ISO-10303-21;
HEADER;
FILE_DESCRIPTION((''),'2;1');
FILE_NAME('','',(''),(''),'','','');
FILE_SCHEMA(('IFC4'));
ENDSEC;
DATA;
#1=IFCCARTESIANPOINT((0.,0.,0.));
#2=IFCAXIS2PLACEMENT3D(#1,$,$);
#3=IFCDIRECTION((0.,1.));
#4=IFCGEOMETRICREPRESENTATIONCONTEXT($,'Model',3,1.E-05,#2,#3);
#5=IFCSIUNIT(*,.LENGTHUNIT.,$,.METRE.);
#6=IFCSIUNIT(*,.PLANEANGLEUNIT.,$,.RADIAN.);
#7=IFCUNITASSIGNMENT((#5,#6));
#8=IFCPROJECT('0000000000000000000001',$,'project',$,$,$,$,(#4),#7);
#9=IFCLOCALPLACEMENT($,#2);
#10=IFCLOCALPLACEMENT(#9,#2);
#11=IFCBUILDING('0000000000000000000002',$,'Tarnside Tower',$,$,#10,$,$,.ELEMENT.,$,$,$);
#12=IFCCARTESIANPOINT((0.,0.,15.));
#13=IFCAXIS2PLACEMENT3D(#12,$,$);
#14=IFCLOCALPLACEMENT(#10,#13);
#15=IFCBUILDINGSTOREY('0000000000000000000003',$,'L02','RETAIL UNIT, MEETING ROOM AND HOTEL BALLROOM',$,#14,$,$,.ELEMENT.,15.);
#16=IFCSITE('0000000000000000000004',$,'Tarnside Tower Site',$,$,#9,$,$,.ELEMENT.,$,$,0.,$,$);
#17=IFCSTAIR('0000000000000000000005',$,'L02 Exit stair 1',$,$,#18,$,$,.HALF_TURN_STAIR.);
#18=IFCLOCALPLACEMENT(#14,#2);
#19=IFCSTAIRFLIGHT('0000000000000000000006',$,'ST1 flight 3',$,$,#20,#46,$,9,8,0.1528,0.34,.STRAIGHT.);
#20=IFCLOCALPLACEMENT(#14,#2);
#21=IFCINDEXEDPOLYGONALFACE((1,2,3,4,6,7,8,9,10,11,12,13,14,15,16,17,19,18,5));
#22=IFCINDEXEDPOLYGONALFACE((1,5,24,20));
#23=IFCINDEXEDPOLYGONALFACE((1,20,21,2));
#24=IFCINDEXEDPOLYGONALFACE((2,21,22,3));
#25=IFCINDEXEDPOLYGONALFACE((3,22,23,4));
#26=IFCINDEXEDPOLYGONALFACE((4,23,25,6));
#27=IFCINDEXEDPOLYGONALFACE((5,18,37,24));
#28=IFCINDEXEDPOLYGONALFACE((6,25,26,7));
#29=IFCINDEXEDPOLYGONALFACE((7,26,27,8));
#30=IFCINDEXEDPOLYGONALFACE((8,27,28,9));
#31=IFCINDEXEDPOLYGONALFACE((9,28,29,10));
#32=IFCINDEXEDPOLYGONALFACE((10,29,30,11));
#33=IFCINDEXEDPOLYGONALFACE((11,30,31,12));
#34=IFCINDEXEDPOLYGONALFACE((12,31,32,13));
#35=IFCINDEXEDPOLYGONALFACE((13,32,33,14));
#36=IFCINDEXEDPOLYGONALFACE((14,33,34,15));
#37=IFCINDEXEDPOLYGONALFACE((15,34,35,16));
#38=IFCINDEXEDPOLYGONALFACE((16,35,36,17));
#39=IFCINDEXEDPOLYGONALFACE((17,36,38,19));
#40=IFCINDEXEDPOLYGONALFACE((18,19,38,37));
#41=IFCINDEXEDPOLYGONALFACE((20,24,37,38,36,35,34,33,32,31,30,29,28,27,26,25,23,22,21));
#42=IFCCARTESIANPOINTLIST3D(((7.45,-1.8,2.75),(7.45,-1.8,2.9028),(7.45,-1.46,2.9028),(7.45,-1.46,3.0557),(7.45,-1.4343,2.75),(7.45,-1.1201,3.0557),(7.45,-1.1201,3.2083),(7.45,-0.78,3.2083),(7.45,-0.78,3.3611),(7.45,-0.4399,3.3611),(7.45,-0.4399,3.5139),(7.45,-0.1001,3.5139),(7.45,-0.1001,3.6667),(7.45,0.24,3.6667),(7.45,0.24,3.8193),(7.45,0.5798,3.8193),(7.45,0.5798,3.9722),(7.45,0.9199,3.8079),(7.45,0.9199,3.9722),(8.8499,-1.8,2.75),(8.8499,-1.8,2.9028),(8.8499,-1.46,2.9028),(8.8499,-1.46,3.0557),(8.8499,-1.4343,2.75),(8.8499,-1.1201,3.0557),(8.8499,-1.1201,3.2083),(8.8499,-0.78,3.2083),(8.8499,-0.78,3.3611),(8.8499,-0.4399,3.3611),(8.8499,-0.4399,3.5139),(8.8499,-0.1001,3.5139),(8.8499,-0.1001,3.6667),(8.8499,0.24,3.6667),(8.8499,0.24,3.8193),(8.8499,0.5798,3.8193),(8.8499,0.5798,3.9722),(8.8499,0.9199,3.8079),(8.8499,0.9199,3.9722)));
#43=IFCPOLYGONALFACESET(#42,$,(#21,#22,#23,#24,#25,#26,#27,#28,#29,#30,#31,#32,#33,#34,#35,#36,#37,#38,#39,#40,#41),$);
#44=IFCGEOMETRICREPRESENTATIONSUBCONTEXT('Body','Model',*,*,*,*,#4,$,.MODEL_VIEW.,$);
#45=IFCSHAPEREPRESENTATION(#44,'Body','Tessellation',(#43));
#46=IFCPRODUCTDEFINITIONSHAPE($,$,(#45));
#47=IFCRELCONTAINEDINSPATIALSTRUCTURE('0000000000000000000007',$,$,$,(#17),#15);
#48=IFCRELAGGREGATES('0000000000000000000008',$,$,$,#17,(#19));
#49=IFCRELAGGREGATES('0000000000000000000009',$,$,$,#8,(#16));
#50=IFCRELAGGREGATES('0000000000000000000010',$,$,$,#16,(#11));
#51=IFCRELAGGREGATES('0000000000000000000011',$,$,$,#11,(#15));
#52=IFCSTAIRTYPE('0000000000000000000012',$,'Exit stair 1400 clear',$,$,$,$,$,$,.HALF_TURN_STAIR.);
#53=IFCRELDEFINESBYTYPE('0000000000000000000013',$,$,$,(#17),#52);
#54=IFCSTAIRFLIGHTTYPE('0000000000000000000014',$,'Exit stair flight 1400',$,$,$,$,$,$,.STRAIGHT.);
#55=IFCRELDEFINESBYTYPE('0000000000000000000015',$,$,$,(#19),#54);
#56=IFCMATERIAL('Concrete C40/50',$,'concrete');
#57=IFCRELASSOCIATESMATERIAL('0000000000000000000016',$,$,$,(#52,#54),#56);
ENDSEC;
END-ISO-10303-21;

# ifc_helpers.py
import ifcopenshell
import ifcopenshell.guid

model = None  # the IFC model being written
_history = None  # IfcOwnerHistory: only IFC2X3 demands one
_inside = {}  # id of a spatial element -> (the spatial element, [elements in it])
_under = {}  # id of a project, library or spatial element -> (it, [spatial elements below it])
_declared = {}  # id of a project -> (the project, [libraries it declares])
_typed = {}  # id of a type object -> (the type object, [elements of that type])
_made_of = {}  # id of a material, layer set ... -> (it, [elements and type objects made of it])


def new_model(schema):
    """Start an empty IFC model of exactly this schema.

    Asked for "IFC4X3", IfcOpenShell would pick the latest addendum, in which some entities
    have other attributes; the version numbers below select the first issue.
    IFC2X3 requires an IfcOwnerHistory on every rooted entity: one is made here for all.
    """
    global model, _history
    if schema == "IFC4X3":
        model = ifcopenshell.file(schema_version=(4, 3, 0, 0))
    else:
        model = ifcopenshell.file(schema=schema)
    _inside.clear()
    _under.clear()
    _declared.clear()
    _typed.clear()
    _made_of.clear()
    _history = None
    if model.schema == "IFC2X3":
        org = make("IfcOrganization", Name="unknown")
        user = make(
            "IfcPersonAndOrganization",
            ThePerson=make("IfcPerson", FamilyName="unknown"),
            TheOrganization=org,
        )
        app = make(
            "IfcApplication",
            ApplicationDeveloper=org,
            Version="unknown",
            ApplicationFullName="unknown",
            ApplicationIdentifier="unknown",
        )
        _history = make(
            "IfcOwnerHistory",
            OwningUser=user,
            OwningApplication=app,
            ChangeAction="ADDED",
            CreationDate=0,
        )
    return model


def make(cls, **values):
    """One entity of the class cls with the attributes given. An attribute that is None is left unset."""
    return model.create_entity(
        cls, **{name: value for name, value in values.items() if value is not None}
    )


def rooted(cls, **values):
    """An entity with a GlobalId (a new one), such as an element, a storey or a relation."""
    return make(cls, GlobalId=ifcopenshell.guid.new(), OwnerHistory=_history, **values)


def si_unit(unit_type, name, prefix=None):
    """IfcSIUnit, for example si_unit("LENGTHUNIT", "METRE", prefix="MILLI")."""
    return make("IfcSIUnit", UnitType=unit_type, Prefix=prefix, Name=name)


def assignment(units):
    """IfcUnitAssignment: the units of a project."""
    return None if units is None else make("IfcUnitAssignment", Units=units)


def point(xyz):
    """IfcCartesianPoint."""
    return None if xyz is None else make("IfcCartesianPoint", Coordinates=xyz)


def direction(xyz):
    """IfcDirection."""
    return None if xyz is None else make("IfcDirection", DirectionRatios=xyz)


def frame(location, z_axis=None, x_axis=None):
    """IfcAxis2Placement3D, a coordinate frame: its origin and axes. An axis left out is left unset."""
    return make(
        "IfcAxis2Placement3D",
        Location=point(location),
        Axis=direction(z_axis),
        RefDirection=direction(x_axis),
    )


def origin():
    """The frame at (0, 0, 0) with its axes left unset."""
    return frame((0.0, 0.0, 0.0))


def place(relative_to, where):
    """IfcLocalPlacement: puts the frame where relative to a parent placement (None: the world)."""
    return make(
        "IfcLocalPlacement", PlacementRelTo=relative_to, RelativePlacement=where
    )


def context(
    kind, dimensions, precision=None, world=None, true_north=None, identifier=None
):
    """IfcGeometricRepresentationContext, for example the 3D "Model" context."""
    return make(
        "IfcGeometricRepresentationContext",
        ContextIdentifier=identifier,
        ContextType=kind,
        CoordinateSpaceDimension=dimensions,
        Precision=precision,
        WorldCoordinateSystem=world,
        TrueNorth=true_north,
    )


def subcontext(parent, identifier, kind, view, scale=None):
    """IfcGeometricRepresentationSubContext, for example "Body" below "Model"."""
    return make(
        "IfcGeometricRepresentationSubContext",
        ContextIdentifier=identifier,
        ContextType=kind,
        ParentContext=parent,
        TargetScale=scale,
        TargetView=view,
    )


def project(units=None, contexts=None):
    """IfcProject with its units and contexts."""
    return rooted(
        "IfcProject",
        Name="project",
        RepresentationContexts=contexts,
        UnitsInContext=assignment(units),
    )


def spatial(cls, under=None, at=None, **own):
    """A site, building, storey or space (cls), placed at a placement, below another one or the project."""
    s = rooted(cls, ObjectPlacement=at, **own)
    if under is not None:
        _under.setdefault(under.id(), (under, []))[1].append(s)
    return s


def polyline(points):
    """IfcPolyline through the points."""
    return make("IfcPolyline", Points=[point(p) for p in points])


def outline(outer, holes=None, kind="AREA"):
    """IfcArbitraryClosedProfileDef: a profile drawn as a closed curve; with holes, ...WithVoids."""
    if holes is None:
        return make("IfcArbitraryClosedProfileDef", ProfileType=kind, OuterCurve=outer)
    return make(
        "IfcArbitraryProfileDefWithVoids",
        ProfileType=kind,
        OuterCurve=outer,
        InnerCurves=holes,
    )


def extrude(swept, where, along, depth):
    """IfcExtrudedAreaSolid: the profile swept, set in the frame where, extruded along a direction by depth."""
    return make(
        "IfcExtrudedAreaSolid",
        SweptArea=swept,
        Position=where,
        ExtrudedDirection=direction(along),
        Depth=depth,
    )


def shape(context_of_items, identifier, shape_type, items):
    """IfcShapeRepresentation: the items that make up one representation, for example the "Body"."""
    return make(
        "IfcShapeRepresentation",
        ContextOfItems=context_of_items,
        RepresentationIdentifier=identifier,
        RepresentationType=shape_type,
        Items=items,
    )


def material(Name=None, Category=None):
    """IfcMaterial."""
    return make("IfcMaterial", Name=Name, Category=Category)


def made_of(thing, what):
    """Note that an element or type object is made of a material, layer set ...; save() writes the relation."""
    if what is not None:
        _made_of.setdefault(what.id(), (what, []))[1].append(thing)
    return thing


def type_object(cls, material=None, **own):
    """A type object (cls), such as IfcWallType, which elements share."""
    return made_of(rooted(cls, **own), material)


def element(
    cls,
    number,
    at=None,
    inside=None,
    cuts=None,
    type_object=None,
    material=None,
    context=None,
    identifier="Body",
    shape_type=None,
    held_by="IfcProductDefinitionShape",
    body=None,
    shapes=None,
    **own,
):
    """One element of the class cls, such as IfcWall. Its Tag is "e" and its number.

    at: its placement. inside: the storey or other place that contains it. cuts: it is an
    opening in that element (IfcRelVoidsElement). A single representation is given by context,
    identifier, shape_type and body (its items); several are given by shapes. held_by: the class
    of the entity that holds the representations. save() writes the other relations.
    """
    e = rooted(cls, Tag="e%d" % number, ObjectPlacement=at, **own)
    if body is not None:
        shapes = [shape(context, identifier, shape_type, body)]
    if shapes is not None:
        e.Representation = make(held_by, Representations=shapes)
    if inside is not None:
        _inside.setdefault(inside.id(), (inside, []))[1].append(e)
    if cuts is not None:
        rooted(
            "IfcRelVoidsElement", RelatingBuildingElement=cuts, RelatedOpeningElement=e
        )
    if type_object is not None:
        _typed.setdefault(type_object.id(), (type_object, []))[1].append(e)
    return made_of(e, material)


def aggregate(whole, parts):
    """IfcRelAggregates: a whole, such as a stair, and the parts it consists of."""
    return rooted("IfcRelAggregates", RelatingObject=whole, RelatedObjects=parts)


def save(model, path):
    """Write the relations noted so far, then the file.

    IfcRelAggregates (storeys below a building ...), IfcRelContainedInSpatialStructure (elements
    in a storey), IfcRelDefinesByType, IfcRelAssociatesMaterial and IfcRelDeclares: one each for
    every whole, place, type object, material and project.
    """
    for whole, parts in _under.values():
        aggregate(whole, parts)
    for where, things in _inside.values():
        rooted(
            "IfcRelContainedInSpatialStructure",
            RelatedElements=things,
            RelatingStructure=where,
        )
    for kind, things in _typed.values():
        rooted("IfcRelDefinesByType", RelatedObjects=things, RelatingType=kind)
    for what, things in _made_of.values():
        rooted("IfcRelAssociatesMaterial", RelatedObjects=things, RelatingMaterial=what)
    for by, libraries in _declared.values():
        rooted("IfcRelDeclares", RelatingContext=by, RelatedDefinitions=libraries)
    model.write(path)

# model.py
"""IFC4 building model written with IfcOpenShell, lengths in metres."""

from ifc_helpers import new_model, si_unit, direction, frame, origin, place, context, subcontext, project, spatial, polyline, outline, extrude, material, type_object, element, aggregate, save


model = new_model("IFC4")

# Units and contexts
model_context = context("Model", 3, precision=1e-05, world=origin(), true_north=direction((0.0, 1.0)))
body_context = subcontext(model_context, "Body", "Model", "MODEL_VIEW")
ifc_project = project(units=[si_unit("LENGTHUNIT", "METRE"), si_unit("PLANEANGLEUNIT", "RADIAN")], contexts=[model_context])

# Site, building, storey
site_placement = place(None, origin())
site = spatial("IfcSite", under=ifc_project, at=site_placement, Name="Tarnside Tower Site", CompositionType="ELEMENT", RefElevation=0.0)
building_placement = place(site_placement, origin())
building = spatial("IfcBuilding", under=site, at=building_placement, Name="Tarnside Tower", CompositionType="ELEMENT")
storey_placement = place(building_placement, frame((0.0, 0.0, 15.0)))
storey = spatial("IfcBuildingStorey", under=building, at=storey_placement, Name="L02", Description="RETAIL UNIT, MEETING ROOM AND HOTEL BALLROOM", CompositionType="ELEMENT", Elevation=15.0)

# Shared definitions
ifc_material_1 = material(Name="Concrete C40/50", Category="concrete")

# Stair, stair flight
stair_type = type_object("IfcStairType", Name="Exit stair 1400 clear", PredefinedType="HALF_TURN_STAIR", material=ifc_material_1)
stair_placement = place(storey_placement, origin())
stair = element("IfcStair", 1, at=stair_placement, inside=storey, type_object=stair_type, Name="L02 Exit stair 1", PredefinedType="HALF_TURN_STAIR")
stair_flight_type = type_object("IfcStairFlightType", Name="Exit stair flight 1400", PredefinedType="STRAIGHT", material=ifc_material_1)
stair_flight_placement = place(storey_placement, frame((8.1499, -1.8, 2.75), z_axis=(0.0, 0.0, 1.0), x_axis=(0.0, 1.0, 0.0)))
stair_flight = element("IfcStairFlight", 2, at=stair_flight_placement, type_object=stair_flight_type, Name="ST1 flight 3", NumberOfRisers=9, NumberOfTreads=8, PredefinedType="STRAIGHT", RiserHeight=0.1528, TreadLength=0.34, context=body_context, shape_type="SweptSolid", body=[
    extrude(outline(polyline([(0.0, 0.0), (0.0, 0.1528), (0.3401, 0.1528), (0.3401, 0.3057), (0.6799, 0.3057), (0.6799, 0.4583), (1.02, 0.4583), (1.02, 0.6111), (1.3601, 0.6111), (1.3601, 0.7639), (1.7, 0.7639), (1.7, 0.9167), (2.04, 0.9167), (2.04, 1.0693), (2.3799, 1.0693), (2.3799, 1.2222), (2.72, 1.2222), (2.72, 1.375), (2.72, 1.0579), (0.3657, 0.0), (0.0, 0.0)])), frame((0.0, 0.7, 0.0), z_axis=(0.0, -1.0, 0.0), x_axis=(1.0, 0.0, 0.0)), (0.0, 0.0, 1.0), 1.3999),
])
aggregate(stair, [stair_flight])

save(model, "model.ifc")
